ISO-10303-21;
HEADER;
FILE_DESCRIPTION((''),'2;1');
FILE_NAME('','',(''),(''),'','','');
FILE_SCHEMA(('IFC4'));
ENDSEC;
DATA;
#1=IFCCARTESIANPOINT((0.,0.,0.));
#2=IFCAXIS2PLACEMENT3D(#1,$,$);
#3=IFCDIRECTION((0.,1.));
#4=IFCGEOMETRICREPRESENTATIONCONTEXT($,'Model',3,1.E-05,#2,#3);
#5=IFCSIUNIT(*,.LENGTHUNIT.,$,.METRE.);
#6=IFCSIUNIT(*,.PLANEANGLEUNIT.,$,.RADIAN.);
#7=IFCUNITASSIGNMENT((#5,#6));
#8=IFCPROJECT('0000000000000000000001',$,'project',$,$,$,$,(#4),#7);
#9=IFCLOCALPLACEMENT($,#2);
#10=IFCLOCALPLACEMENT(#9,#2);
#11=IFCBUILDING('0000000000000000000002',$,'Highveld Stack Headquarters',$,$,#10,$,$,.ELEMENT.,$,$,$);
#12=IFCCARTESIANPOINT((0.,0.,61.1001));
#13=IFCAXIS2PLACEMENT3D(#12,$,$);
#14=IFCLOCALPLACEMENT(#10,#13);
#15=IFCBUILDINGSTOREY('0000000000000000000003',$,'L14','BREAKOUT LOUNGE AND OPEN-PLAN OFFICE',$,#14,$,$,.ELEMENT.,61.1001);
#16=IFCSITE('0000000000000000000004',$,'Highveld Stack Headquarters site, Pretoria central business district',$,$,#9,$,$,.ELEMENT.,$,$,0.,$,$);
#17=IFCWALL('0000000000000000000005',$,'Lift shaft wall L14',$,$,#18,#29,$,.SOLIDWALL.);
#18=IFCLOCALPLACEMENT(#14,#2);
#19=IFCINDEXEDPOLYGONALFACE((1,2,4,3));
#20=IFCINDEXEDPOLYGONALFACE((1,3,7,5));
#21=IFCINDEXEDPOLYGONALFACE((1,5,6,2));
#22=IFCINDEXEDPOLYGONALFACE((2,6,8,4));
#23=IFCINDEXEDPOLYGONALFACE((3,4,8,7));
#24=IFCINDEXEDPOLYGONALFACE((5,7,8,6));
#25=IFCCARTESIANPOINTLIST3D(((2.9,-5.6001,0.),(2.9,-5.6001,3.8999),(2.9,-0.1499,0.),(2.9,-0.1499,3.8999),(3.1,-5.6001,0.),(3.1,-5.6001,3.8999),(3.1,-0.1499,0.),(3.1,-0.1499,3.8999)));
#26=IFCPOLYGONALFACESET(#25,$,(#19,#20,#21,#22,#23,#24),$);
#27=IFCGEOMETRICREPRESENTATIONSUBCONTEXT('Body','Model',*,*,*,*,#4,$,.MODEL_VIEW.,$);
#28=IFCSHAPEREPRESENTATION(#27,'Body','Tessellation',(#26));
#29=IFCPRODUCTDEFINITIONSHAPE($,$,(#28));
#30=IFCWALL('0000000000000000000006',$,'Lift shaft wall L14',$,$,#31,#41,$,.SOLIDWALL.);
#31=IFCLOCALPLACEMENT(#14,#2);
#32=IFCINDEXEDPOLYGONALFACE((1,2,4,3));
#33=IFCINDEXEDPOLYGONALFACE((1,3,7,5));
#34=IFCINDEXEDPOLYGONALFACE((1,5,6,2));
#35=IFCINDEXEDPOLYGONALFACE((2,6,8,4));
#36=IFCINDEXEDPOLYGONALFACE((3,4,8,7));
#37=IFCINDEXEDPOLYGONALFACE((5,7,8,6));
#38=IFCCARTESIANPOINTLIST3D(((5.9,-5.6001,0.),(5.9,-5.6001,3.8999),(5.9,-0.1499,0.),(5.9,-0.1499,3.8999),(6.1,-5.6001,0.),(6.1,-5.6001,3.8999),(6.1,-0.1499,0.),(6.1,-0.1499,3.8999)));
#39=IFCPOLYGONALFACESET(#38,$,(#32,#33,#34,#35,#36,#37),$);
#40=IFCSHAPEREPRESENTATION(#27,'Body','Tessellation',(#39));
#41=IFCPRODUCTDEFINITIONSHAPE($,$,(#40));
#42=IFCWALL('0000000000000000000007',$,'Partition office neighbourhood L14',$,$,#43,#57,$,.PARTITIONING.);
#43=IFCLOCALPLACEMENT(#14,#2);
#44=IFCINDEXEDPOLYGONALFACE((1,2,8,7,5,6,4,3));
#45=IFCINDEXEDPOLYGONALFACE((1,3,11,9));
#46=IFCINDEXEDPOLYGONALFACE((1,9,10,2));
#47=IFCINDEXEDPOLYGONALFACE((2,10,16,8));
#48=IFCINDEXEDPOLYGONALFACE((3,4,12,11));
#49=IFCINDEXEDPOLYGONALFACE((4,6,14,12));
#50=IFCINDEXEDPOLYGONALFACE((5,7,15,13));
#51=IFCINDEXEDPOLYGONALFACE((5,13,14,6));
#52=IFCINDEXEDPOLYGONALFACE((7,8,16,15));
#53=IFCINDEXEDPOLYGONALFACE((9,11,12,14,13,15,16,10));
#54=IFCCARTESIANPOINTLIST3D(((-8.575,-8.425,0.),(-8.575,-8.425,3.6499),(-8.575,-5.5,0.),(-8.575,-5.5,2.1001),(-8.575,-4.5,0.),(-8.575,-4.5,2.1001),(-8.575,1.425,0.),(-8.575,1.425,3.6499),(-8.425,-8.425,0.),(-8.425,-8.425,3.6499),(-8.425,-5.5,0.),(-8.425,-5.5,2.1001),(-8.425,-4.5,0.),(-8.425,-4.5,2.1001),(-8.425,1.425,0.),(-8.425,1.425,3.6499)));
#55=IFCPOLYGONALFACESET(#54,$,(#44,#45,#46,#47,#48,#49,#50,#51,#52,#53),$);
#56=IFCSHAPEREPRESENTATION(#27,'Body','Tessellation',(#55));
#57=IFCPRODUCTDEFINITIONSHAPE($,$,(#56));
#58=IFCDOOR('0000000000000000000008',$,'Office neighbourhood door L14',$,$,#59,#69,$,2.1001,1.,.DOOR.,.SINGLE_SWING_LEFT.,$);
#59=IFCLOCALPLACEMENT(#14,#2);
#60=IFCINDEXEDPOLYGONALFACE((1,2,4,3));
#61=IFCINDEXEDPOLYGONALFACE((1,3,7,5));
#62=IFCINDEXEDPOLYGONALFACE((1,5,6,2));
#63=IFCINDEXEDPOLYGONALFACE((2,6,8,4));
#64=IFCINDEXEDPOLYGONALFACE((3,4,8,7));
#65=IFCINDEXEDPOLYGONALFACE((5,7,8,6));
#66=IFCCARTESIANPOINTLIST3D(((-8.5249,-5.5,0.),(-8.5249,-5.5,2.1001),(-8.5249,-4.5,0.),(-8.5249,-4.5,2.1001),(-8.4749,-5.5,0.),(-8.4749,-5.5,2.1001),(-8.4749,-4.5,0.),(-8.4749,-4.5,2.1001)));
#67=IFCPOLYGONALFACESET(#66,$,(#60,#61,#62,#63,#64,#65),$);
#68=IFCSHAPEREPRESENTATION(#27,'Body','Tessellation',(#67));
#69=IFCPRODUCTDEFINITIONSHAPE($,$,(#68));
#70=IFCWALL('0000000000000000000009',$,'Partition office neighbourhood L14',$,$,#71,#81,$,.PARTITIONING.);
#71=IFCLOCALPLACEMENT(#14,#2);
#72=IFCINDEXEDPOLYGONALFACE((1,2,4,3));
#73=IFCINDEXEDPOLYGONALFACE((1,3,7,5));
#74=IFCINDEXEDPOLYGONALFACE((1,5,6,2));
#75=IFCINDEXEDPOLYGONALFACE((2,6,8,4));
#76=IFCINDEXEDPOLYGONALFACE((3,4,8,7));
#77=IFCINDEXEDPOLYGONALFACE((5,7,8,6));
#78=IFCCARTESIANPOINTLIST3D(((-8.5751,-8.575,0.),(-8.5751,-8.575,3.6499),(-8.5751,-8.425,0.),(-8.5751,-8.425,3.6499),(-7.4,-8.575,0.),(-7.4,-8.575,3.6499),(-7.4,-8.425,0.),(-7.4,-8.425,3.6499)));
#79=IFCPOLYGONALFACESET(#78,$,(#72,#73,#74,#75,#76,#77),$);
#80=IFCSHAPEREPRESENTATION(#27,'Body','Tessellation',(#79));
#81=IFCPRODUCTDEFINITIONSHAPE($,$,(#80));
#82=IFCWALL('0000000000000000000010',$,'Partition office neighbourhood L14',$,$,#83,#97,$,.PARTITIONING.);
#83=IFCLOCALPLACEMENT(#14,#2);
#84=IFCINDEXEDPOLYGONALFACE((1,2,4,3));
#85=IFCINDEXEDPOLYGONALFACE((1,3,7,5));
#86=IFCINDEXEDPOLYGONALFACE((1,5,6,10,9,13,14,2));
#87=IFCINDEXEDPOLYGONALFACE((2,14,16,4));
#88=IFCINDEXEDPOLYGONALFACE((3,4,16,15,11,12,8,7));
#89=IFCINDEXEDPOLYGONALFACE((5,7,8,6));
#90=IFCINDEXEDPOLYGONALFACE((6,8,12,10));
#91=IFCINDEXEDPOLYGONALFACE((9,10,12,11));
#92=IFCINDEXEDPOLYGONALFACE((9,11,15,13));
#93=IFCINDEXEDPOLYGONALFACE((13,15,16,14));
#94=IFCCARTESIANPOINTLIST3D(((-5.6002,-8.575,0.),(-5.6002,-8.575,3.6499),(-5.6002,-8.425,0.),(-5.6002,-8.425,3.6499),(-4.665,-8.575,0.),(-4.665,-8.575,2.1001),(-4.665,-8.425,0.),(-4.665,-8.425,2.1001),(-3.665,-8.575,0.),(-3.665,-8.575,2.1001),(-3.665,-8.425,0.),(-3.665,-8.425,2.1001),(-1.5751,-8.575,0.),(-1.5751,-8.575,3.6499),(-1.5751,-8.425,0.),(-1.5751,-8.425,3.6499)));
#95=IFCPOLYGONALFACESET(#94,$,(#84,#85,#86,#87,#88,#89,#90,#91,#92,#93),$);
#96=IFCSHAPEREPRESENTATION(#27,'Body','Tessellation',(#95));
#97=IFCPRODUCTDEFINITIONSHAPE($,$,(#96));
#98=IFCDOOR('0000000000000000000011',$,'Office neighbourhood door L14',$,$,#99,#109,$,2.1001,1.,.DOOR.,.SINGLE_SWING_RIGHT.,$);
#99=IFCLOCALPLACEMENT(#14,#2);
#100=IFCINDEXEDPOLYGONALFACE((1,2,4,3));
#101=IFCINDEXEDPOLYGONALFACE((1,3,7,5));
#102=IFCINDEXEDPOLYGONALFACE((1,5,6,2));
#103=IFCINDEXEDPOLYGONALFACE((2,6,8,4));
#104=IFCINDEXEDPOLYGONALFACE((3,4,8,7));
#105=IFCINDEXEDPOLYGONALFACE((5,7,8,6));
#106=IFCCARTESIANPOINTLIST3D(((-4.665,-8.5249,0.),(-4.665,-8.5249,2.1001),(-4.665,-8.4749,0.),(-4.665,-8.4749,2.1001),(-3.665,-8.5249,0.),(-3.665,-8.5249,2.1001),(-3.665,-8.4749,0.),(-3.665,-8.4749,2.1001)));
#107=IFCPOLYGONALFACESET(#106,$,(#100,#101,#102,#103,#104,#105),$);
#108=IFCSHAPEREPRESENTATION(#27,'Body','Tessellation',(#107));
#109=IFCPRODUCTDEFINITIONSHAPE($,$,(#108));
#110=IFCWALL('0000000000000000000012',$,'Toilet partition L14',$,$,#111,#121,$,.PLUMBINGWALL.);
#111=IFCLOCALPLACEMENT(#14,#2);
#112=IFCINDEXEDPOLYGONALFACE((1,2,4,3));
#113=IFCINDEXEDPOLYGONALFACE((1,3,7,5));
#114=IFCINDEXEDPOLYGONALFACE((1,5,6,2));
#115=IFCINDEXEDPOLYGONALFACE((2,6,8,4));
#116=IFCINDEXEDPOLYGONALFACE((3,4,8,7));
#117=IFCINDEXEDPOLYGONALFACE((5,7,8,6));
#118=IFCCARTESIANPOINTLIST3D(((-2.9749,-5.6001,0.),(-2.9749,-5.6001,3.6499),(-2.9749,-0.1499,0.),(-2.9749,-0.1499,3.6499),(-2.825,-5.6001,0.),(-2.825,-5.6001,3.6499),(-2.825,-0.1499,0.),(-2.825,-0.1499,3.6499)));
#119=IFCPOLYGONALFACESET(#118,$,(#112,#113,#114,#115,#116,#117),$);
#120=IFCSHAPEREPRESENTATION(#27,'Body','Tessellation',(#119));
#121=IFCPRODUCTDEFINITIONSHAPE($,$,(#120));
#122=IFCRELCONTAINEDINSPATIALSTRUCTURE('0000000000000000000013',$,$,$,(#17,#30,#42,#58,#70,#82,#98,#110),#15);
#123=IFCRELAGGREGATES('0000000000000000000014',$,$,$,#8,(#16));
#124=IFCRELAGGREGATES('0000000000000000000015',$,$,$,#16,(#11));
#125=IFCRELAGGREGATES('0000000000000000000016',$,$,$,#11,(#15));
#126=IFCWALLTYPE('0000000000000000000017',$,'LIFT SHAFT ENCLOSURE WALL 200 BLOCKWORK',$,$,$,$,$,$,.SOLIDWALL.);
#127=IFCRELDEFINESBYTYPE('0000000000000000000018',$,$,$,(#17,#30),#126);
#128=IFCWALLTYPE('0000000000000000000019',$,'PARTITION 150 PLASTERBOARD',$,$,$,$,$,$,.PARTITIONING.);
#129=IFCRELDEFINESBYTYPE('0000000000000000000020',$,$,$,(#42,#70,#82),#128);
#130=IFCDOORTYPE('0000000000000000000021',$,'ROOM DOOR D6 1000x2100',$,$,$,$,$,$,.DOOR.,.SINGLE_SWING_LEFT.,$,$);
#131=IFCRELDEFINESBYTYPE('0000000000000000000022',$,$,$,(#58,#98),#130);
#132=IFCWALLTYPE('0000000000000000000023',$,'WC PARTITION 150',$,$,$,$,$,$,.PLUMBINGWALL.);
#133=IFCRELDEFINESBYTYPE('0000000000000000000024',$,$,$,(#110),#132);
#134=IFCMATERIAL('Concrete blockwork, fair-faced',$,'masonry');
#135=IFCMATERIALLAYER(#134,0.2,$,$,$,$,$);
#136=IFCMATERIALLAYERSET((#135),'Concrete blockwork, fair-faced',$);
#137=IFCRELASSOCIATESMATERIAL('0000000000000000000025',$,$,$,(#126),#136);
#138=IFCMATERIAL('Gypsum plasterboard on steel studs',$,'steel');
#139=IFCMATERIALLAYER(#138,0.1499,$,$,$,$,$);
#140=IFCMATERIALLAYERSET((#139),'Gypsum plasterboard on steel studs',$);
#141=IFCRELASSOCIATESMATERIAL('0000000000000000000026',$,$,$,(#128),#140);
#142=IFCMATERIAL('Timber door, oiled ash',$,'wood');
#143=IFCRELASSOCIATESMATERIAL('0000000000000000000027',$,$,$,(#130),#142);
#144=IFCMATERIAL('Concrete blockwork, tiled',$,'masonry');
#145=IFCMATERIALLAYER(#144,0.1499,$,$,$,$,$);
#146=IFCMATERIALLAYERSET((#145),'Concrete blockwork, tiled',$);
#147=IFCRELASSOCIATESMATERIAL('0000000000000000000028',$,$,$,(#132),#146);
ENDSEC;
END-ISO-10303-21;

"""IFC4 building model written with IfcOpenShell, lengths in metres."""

from ifc_helpers import new_model, si_unit, direction, frame, frame_2d, origin, place, context, subcontext, project, spatial, rectangle, extrude, material, layer, layer_set, type_object, element, fill, save


model = new_model("IFC4")

# Units and contexts
model_context = context("Model", 3, precision=1e-05, world=origin(), true_north=direction((0.0, 1.0)))
body_context = subcontext(model_context, "Body", "Model", "MODEL_VIEW")
ifc_project = project(units=[si_unit("LENGTHUNIT", "METRE"), si_unit("PLANEANGLEUNIT", "RADIAN")], contexts=[model_context])

# Site, building, storey
site_placement = place(None, origin())
site = spatial("IfcSite", under=ifc_project, at=site_placement, Name="Highveld Stack Headquarters site, Pretoria central business district", CompositionType="ELEMENT", RefElevation=0.0)
building_placement = place(site_placement, origin())
building = spatial("IfcBuilding", under=site, at=building_placement, Name="Highveld Stack Headquarters", CompositionType="ELEMENT")
storey_placement = place(building_placement, frame((0.0, 0.0, 61.1001)))
storey = spatial("IfcBuildingStorey", under=building, at=storey_placement, Name="L14", Description="BREAKOUT LOUNGE AND OPEN-PLAN OFFICE", CompositionType="ELEMENT", Elevation=61.1001)

# Walls
ifc_material_1 = material(Name="Concrete blockwork, fair-faced", Category="masonry")
ifc_layer_1 = layer(ifc_material_1, 0.2)
ifc_layer_set_1 = layer_set([ifc_layer_1], Name="Concrete blockwork, fair-faced")
wall_type_1 = type_object("IfcWallType", Name="LIFT SHAFT ENCLOSURE WALL 200 BLOCKWORK", PredefinedType="SOLIDWALL", material=ifc_layer_set_1)
for number, where, z_axis, x_axis, name in (
    (1, (3.0, -5.6001, 0.0), (0.0, 0.0, 1.0), (0.0, 1.0, 0.0), "Lift shaft wall L14"),
    (2, (6.0, -5.6001, 0.0), (0.0, 0.0, 1.0), (0.0, 1.0, 0.0), "Lift shaft wall L14"),
):
    element("IfcWall", number, at=place(storey_placement, frame(where, z_axis=z_axis, x_axis=x_axis)), inside=storey, type_object=wall_type_1, Name=name, PredefinedType="SOLIDWALL", context=body_context, shape_type="SweptSolid", body=[
        extrude(rectangle(XDim=5.4502, YDim=0.2, at=frame_2d((2.7251, 0.0))), origin(), (0.0, 0.0, 1.0), 3.8999),
    ])

# Wall, opening, door
ifc_material_2 = material(Name="Gypsum plasterboard on steel studs", Category="steel")
ifc_layer_2 = layer(ifc_material_2, 0.1499)
ifc_layer_set_2 = layer_set([ifc_layer_2], Name="Gypsum plasterboard on steel studs")
wall_type_2 = type_object("IfcWallType", Name="PARTITION 150 PLASTERBOARD", PredefinedType="PARTITIONING", material=ifc_layer_set_2)
wall_1_placement = place(storey_placement, frame((-8.5, -8.425, 0.0), z_axis=(0.0, 0.0, 1.0), x_axis=(0.0, 1.0, 0.0)))
wall_1 = element("IfcWall", 3, at=wall_1_placement, inside=storey, type_object=wall_type_2, Name="Partition office neighbourhood L14", PredefinedType="PARTITIONING", context=body_context, shape_type="SweptSolid", body=[
    extrude(rectangle(XDim=9.8501, YDim=0.1499, at=frame_2d((4.925, 0.0))), origin(), (0.0, 0.0, 1.0), 3.6499),
])
opening_1_placement = place(wall_1_placement, frame((2.925, 0.0, 0.0)))
opening_1 = element("IfcOpeningElement", 4, at=opening_1_placement, cuts=wall_1, PredefinedType="OPENING", context=body_context, shape_type="SweptSolid", body=[
    extrude(rectangle(XDim=1.0, YDim=2.1001, at=frame_2d((0.5, 1.05))), frame((0.0, 0.085, 0.0), z_axis=(0.0, -1.0, 0.0), x_axis=(1.0, 0.0, 0.0)), (0.0, 0.0, 1.0), 0.1699),
])
ifc_material_3 = material(Name="Timber door, oiled ash", Category="wood")
door_type_1 = type_object("IfcDoorType", Name="ROOM DOOR D6 1000x2100", OperationType="SINGLE_SWING_LEFT", PredefinedType="DOOR", material=ifc_material_3)
door_1_placement = place(opening_1_placement, origin())
door_1 = element("IfcDoor", 5, at=door_1_placement, inside=storey, type_object=door_type_1, Name="Office neighbourhood door L14", OperationType="SINGLE_SWING_LEFT", OverallHeight=2.1001, OverallWidth=1.0, PredefinedType="DOOR", context=body_context, shape_type="SweptSolid", body=[
    extrude(rectangle(XDim=1.0, YDim=2.1001, at=frame_2d((0.5, 1.05))), frame((0.0, 0.0249, 0.0), z_axis=(0.0, -1.0, 0.0), x_axis=(1.0, 0.0, 0.0)), (0.0, 0.0, 1.0), 0.05),
])
fill(opening_1, door_1)

# Wall
wall_2_placement = place(storey_placement, frame((-8.575, -8.5, 0.0), z_axis=(0.0, 0.0, 1.0), x_axis=(1.0, 0.0, 0.0)))
element("IfcWall", 6, at=wall_2_placement, inside=storey, type_object=wall_type_2, Name="Partition office neighbourhood L14", PredefinedType="PARTITIONING", context=body_context, shape_type="SweptSolid", body=[
    extrude(rectangle(XDim=1.175, YDim=0.1499, at=frame_2d((0.5874, 0.0))), origin(), (0.0, 0.0, 1.0), 3.6499),
])

# Wall, opening, door
wall_3_placement = place(storey_placement, frame((-1.575, -8.5, 0.0), z_axis=(0.0, 0.0, 1.0), x_axis=(-1.0, 0.0, 0.0)))
wall_3 = element("IfcWall", 7, at=wall_3_placement, inside=storey, type_object=wall_type_2, Name="Partition office neighbourhood L14", PredefinedType="PARTITIONING", context=body_context, shape_type="SweptSolid", body=[
    extrude(rectangle(XDim=4.0251, YDim=0.1499, at=frame_2d((2.0127, 0.0))), origin(), (0.0, 0.0, 1.0), 3.6499),
])
opening_2_placement = place(wall_3_placement, frame((2.0901, 0.0, 0.0)))
opening_2 = element("IfcOpeningElement", 8, at=opening_2_placement, cuts=wall_3, PredefinedType="OPENING", context=body_context, shape_type="SweptSolid", body=[
    extrude(rectangle(XDim=1.0, YDim=2.1001, at=frame_2d((0.5, 1.05))), frame((0.0, 0.085, 0.0), z_axis=(0.0, -1.0, 0.0), x_axis=(1.0, 0.0, 0.0)), (0.0, 0.0, 1.0), 0.1699),
])
door_2_placement = place(opening_2_placement, origin())
door_2 = element("IfcDoor", 9, at=door_2_placement, inside=storey, type_object=door_type_1, Name="Office neighbourhood door L14", OperationType="SINGLE_SWING_RIGHT", OverallHeight=2.1001, OverallWidth=1.0, PredefinedType="DOOR", context=body_context, shape_type="SweptSolid", body=[
    extrude(rectangle(XDim=1.0, YDim=2.1001, at=frame_2d((0.5, 1.05))), frame((0.0, 0.0249, 0.0), z_axis=(0.0, -1.0, 0.0), x_axis=(1.0, 0.0, 0.0)), (0.0, 0.0, 1.0), 0.05),
])
fill(opening_2, door_2)

# Wall
ifc_material_4 = material(Name="Concrete blockwork, tiled", Category="masonry")
ifc_layer_3 = layer(ifc_material_4, 0.1499)
ifc_layer_set_3 = layer_set([ifc_layer_3], Name="Concrete blockwork, tiled")
wall_type_3 = type_object("IfcWallType", Name="WC PARTITION 150", PredefinedType="PLUMBINGWALL", material=ifc_layer_set_3)
wall_4_placement = place(storey_placement, frame((-2.8999, -5.6001, 0.0), z_axis=(0.0, 0.0, 1.0), x_axis=(0.0, 1.0, 0.0)))
element("IfcWall", 10, at=wall_4_placement, inside=storey, type_object=wall_type_3, Name="Toilet partition L14", PredefinedType="PLUMBINGWALL", context=body_context, shape_type="SweptSolid", body=[
    extrude(rectangle(XDim=5.4502, YDim=0.1499, at=frame_2d((2.7251, 0.0))), origin(), (0.0, 0.0, 1.0), 3.6499),
])

save(model, "model.ifc")
